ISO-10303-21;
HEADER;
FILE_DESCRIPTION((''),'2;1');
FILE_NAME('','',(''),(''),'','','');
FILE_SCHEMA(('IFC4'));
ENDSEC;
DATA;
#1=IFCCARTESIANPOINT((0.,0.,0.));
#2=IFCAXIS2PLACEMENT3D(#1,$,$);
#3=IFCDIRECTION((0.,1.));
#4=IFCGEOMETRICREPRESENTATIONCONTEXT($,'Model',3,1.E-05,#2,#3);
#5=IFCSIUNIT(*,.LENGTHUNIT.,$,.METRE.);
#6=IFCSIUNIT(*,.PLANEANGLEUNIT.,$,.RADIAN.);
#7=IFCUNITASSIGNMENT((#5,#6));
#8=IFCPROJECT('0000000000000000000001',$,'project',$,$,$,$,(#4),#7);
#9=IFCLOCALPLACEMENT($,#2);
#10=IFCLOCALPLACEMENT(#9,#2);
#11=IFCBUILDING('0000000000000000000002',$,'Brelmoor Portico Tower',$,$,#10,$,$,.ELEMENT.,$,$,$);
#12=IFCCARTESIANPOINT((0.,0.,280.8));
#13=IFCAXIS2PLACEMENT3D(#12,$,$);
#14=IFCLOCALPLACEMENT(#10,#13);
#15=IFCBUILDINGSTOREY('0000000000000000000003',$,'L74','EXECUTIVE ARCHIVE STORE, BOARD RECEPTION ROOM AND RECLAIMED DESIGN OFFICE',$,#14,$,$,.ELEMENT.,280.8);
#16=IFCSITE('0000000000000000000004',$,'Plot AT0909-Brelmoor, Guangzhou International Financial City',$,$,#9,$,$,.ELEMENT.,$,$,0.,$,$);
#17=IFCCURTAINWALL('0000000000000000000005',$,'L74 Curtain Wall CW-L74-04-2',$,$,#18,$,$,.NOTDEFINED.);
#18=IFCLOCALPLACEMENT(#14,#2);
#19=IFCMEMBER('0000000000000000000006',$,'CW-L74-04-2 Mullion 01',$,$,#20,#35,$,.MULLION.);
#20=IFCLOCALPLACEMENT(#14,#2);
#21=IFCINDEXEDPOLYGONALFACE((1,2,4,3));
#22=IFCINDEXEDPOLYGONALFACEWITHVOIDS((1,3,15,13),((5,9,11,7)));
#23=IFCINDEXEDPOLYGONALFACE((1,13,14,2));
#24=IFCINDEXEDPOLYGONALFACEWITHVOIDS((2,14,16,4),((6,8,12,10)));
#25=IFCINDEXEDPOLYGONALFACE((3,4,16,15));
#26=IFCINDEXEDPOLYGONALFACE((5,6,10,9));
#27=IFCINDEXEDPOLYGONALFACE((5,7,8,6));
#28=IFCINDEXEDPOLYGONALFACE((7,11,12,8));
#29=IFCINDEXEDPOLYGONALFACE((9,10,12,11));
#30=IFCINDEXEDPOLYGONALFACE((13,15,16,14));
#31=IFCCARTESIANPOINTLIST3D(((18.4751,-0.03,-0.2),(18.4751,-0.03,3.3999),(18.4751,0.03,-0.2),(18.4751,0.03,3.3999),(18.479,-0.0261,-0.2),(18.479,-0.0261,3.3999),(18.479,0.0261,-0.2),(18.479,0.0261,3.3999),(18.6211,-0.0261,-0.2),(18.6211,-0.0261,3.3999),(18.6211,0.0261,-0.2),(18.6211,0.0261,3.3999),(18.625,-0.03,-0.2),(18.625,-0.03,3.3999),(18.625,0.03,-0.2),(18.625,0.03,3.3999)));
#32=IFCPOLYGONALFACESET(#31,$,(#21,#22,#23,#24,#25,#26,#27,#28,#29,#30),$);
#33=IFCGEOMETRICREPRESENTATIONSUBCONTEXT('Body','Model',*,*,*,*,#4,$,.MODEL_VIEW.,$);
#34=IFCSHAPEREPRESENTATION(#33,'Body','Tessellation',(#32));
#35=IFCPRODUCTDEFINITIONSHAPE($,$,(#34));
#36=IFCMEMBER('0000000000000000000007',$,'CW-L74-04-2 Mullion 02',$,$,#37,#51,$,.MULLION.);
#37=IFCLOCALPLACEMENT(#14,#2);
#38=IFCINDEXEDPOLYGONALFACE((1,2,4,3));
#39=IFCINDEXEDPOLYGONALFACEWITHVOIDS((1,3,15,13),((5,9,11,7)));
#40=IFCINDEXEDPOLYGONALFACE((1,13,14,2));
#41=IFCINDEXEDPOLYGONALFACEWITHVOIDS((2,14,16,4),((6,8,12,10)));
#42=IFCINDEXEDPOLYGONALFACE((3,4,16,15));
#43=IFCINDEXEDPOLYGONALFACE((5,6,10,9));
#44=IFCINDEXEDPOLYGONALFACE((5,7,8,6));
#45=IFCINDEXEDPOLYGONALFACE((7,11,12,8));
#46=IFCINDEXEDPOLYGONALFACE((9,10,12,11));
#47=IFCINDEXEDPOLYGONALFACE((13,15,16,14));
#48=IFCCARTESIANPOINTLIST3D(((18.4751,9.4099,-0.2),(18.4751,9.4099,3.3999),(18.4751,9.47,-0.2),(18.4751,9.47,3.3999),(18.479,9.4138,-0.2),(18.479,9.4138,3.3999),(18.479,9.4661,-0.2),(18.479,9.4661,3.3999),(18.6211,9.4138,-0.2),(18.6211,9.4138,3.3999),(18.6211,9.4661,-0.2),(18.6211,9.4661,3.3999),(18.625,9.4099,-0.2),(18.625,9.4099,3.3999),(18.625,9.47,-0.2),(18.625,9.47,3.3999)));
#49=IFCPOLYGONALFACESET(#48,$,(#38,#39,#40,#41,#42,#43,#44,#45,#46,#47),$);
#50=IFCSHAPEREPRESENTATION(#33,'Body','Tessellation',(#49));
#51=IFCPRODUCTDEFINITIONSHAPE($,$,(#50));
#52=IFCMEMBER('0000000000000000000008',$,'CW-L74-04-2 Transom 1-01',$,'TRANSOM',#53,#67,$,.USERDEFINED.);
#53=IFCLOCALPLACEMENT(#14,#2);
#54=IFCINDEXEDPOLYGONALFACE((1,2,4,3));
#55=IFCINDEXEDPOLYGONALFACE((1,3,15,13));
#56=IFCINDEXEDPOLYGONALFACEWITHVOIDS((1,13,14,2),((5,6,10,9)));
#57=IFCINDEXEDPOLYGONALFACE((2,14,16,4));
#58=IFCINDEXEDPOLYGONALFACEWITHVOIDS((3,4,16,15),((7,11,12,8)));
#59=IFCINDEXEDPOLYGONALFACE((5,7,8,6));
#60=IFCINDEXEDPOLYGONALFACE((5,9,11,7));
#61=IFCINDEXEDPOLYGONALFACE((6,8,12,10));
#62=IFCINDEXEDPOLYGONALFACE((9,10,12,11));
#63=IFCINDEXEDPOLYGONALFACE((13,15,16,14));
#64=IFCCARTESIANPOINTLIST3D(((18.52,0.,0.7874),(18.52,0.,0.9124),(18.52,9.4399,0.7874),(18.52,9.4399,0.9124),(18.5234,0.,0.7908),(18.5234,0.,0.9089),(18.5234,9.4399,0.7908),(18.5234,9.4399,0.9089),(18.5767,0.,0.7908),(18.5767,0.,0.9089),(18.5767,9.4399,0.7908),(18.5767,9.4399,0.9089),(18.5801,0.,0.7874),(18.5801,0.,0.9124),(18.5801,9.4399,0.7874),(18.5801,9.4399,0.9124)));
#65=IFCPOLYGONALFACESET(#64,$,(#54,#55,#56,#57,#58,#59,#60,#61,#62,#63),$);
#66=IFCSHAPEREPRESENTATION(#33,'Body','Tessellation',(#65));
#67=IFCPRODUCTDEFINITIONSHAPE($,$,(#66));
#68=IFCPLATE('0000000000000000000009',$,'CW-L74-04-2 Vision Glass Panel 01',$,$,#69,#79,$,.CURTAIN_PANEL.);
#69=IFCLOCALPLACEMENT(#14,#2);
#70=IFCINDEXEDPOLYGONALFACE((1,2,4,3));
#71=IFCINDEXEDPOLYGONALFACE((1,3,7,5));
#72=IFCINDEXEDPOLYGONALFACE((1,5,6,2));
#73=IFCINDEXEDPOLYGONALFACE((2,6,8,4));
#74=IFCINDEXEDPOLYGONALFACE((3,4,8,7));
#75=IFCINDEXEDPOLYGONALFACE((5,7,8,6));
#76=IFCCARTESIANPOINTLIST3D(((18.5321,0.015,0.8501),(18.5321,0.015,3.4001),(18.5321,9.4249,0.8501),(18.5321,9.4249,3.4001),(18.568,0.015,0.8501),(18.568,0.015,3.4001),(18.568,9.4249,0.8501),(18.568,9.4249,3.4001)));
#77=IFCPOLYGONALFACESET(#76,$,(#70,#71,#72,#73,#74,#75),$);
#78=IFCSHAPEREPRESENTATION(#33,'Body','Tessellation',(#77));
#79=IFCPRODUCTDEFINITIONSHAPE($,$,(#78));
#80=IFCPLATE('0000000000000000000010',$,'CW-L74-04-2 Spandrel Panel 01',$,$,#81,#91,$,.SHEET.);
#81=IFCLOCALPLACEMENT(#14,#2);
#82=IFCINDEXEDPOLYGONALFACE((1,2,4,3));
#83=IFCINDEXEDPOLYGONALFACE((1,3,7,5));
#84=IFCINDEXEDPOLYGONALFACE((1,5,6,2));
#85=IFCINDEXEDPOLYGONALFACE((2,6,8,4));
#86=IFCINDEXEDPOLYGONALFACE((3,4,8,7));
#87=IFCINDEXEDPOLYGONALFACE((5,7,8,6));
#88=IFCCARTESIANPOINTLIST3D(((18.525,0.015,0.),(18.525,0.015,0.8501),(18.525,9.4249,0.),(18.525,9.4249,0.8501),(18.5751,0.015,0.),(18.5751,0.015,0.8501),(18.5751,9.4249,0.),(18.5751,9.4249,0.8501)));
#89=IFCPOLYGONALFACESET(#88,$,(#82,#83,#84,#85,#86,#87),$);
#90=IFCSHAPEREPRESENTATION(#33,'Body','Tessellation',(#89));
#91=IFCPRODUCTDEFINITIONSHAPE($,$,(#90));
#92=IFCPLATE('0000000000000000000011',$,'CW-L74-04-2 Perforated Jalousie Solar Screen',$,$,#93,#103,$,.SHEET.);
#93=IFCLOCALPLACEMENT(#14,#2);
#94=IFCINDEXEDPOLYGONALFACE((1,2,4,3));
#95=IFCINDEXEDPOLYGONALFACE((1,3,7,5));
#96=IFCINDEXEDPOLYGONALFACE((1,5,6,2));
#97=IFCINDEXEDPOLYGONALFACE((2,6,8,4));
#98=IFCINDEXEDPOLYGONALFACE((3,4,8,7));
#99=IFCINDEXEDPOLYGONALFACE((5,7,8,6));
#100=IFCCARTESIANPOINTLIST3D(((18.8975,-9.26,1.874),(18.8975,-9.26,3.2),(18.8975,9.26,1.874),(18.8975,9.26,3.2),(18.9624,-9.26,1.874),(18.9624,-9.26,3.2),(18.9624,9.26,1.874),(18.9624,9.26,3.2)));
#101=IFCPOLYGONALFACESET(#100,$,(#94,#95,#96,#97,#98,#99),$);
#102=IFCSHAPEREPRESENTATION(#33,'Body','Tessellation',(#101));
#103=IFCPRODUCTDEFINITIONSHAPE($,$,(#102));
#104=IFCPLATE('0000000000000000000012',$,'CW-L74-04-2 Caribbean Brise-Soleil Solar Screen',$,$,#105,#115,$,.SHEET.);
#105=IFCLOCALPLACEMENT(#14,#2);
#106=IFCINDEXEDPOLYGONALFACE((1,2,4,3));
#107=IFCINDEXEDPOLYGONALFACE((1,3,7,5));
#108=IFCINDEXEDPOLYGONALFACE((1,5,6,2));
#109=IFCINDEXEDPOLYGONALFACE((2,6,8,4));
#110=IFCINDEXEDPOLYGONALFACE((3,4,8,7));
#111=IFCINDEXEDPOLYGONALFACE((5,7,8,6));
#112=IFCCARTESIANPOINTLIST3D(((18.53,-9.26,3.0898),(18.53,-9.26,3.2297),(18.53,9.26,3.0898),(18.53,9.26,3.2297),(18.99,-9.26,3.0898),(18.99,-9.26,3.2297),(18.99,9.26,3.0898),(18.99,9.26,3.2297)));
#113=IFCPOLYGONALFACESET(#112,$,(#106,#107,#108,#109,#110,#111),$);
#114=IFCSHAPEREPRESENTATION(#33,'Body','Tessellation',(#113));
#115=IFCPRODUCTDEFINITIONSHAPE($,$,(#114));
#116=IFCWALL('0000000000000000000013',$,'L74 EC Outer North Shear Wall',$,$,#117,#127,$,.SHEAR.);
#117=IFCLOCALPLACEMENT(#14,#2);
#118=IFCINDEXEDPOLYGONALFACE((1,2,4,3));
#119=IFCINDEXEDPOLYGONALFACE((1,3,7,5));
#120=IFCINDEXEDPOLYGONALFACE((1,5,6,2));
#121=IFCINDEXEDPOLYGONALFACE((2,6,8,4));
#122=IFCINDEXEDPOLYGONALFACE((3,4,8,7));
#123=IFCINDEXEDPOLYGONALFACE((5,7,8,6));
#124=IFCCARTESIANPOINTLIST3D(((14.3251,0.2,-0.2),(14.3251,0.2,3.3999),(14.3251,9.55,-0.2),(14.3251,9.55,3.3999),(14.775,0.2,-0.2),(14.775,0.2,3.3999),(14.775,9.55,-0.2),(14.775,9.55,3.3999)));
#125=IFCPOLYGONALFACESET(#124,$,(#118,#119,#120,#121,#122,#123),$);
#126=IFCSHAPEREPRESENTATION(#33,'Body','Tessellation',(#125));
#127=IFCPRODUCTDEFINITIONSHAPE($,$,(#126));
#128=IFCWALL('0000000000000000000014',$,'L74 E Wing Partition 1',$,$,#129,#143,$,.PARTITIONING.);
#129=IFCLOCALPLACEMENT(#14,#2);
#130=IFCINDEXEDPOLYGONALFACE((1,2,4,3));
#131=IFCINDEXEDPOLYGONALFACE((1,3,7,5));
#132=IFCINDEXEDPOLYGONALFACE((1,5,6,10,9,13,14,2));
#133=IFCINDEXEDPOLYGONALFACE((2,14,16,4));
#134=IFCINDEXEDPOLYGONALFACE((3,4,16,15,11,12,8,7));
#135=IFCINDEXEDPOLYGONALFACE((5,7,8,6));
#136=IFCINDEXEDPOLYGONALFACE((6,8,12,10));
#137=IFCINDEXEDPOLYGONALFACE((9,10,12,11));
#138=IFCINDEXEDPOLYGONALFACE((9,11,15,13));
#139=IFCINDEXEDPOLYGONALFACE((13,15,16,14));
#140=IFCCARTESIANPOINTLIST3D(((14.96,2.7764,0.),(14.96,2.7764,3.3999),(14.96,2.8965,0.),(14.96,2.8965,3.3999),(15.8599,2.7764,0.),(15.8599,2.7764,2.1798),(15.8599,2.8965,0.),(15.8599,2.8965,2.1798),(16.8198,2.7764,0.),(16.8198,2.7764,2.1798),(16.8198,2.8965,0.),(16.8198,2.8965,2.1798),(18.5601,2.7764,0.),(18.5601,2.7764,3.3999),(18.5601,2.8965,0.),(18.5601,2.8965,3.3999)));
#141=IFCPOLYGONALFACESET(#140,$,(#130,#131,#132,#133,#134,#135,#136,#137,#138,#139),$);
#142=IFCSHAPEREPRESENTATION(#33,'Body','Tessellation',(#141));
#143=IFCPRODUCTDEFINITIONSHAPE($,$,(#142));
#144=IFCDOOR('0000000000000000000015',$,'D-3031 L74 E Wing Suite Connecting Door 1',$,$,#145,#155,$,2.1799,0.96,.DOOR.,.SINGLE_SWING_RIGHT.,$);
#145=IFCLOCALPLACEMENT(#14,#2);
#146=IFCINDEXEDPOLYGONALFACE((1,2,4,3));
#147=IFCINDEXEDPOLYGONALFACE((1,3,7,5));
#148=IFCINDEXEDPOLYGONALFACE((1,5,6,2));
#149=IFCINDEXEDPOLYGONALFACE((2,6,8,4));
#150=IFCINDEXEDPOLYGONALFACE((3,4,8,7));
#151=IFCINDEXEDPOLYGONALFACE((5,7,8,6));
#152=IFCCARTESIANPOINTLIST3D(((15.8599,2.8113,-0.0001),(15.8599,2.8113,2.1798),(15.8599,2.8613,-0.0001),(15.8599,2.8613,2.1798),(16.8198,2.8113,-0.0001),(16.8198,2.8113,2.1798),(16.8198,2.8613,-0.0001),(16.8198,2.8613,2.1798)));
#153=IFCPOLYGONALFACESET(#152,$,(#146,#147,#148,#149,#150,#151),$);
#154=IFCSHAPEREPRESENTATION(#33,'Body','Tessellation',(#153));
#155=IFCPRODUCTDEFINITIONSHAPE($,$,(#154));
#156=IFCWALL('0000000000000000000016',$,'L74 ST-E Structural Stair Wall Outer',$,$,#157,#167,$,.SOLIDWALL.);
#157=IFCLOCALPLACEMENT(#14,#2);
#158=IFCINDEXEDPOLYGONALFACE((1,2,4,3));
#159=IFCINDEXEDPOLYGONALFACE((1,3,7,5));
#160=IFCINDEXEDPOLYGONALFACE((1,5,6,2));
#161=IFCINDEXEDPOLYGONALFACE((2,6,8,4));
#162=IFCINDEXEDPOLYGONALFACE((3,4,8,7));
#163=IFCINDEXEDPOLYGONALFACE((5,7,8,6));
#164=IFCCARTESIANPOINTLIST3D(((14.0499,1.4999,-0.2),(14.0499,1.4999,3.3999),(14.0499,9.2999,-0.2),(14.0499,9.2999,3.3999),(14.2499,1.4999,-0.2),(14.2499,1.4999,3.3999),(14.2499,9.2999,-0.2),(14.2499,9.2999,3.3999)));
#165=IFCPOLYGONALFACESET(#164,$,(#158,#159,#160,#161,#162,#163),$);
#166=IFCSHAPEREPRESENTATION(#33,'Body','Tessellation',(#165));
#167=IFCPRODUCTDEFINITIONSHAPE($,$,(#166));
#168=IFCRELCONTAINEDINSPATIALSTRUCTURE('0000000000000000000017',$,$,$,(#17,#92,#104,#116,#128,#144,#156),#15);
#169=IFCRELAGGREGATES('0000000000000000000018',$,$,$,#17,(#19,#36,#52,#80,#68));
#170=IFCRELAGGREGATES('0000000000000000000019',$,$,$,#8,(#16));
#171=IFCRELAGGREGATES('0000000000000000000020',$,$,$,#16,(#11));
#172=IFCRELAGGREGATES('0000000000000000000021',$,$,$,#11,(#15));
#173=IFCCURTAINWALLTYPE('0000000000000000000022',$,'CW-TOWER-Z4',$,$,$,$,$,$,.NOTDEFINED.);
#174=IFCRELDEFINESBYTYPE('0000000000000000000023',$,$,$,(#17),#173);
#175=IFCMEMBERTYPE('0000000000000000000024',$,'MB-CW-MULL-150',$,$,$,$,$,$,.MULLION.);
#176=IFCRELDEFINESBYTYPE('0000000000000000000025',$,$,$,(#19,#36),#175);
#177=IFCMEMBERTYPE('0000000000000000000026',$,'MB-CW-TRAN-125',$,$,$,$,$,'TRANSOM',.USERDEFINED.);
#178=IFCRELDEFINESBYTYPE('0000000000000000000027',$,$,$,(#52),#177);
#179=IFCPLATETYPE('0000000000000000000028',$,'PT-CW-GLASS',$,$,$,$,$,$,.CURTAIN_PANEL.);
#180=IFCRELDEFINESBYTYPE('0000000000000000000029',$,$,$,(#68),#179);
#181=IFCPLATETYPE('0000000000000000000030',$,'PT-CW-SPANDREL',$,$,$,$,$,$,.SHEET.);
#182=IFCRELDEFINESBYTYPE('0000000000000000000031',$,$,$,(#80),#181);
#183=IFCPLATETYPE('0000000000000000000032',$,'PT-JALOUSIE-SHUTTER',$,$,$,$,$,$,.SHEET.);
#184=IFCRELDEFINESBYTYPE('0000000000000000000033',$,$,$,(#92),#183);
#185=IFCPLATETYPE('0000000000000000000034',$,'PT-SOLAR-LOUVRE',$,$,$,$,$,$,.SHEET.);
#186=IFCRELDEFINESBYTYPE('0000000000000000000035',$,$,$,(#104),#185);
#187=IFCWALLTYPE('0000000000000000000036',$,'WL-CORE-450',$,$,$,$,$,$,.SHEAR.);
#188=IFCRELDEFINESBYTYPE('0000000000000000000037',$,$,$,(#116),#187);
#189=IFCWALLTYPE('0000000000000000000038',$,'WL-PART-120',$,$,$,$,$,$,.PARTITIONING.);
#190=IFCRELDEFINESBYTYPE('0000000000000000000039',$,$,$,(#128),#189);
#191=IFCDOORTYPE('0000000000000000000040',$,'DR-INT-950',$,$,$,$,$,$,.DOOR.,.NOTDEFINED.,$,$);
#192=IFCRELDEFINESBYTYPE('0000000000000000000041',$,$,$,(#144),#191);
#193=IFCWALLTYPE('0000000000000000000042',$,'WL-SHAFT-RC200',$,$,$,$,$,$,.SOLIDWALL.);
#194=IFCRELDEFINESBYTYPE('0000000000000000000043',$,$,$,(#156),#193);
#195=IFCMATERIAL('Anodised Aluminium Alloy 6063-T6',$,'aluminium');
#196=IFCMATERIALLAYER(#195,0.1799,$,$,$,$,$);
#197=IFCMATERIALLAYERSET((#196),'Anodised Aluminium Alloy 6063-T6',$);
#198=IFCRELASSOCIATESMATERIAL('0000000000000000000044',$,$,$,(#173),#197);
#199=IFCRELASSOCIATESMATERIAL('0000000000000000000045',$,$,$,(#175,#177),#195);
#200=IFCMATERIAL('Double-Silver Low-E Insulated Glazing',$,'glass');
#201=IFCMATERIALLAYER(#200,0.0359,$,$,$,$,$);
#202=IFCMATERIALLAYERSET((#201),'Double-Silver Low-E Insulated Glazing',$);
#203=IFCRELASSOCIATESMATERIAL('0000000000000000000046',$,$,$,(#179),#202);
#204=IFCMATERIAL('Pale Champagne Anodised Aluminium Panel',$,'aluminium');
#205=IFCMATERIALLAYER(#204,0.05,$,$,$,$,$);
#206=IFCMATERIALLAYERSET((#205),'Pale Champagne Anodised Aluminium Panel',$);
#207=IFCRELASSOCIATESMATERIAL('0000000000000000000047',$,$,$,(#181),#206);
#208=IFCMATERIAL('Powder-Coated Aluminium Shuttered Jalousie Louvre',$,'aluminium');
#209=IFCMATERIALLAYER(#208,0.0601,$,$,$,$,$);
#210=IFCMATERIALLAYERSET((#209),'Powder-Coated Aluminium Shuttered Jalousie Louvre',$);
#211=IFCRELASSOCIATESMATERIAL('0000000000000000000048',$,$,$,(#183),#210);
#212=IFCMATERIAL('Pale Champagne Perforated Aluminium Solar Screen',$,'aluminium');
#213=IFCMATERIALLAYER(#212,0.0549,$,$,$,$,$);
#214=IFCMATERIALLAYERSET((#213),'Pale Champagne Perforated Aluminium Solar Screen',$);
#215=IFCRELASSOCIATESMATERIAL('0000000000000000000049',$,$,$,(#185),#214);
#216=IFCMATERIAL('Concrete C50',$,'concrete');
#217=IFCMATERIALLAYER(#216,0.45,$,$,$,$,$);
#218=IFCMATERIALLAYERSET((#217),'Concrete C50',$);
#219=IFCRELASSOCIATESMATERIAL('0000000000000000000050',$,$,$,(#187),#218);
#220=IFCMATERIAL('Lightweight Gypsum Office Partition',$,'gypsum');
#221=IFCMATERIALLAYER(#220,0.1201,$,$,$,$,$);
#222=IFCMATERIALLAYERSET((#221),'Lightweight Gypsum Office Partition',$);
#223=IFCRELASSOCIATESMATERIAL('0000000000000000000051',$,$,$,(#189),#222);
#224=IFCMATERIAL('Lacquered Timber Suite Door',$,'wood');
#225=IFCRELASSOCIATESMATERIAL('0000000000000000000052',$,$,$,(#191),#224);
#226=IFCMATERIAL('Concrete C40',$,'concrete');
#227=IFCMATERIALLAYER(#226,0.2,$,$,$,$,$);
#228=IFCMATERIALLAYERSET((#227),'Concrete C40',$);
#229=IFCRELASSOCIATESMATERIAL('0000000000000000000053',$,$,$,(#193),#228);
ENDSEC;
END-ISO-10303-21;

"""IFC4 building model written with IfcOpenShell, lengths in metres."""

from ifc_helpers import new_model, si_unit, direction, frame, frame_2d, origin, origin_2d, place, context, subcontext, project, spatial, rectangle, hollow_rectangle, extrude, material, layer, layer_set, material_profile, profile_set, type_object, element, fill, aggregate, save


model = new_model("IFC4")

# Units and contexts
model_context = context("Model", 3, precision=1e-05, world=origin(), true_north=direction((0.0, 1.0)))
body_context = subcontext(model_context, "Body", "Model", "MODEL_VIEW")
ifc_project = project(units=[si_unit("LENGTHUNIT", "METRE"), si_unit("PLANEANGLEUNIT", "RADIAN")], contexts=[model_context])

# Site, building, storey
site_placement = place(None, origin())
site = spatial("IfcSite", under=ifc_project, at=site_placement, Name="Plot AT0909-Brelmoor, Guangzhou International Financial City", CompositionType="ELEMENT", RefElevation=0.0)
building_placement = place(site_placement, origin())
building = spatial("IfcBuilding", under=site, at=building_placement, Name="Brelmoor Portico Tower", CompositionType="ELEMENT")
storey_placement = place(building_placement, frame((0.0, 0.0, 280.8)))
storey = spatial("IfcBuildingStorey", under=building, at=storey_placement, Name="L74", Description="EXECUTIVE ARCHIVE STORE, BOARD RECEPTION ROOM AND RECLAIMED DESIGN OFFICE", CompositionType="ELEMENT", Elevation=280.8)

# Curtain wall, members, plates
ifc_material_1 = material(Name="Anodised Aluminium Alloy 6063-T6", Category="aluminium")
ifc_layer_1 = layer(ifc_material_1, 0.1799)
ifc_layer_set_1 = layer_set([ifc_layer_1], Name="Anodised Aluminium Alloy 6063-T6")
curtain_wall_type = type_object("IfcCurtainWallType", Name="CW-TOWER-Z4", PredefinedType="NOTDEFINED", material=ifc_layer_set_1)
curtain_wall_placement = place(storey_placement, origin())
curtain_wall = element("IfcCurtainWall", 1, at=curtain_wall_placement, inside=storey, type_object=curtain_wall_type, Name="L74 Curtain Wall CW-L74-04-2", PredefinedType="NOTDEFINED")
ifc_material_profile_1 = material_profile(ifc_material_1, hollow_rectangle(XDim=0.0601, YDim=0.1499, WallThickness=0.0039, at=origin_2d()), Name="ALU MULLION 60x150")
ifc_profile_set_1 = profile_set([ifc_material_profile_1], Name="Anodised Aluminium Alloy 6063-T6")
member_type_1 = type_object("IfcMemberType", Name="MB-CW-MULL-150", PredefinedType="MULLION", material=ifc_profile_set_1)
member_1_placement = place(storey_placement, frame((18.55, 0.0, -0.2), z_axis=(0.0, 0.0, 1.0), x_axis=(0.0, 1.0, 0.0)))
member_1 = element("IfcMember", 2, at=member_1_placement, type_object=member_type_1, Name="CW-L74-04-2 Mullion 01", PredefinedType="MULLION", context=body_context, shape_type="SweptSolid", body=[
    extrude(hollow_rectangle(XDim=0.0601, YDim=0.1499, WallThickness=0.0039, at=origin_2d()), origin(), (0.0, 0.0, 1.0), 3.5999),
])
member_2_placement = place(storey_placement, frame((18.55, 9.4399, -0.2), z_axis=(0.0, 0.0, 1.0), x_axis=(0.0, 1.0, 0.0)))
member_2 = element("IfcMember", 3, at=member_2_placement, type_object=member_type_1, Name="CW-L74-04-2 Mullion 02", PredefinedType="MULLION", context=body_context, shape_type="SweptSolid", body=[
    extrude(hollow_rectangle(XDim=0.0601, YDim=0.1499, WallThickness=0.0039, at=origin_2d()), origin(), (0.0, 0.0, 1.0), 3.5999),
])
ifc_material_profile_2 = material_profile(ifc_material_1, hollow_rectangle(XDim=0.0601, YDim=0.125, WallThickness=0.0034, at=origin_2d()), Name="ALU TRANSOM 60x125")
ifc_profile_set_2 = profile_set([ifc_material_profile_2], Name="Anodised Aluminium Alloy 6063-T6")
member_type_2 = type_object("IfcMemberType", Name="MB-CW-TRAN-125", ElementType="TRANSOM", PredefinedType="USERDEFINED", material=ifc_profile_set_2)
member_3_placement = place(storey_placement, frame((18.55, 0.0, 0.8499), z_axis=(0.0, 1.0, 0.0), x_axis=(-1.0, 0.0, 0.0)))
member_3 = element("IfcMember", 4, at=member_3_placement, type_object=member_type_2, Name="CW-L74-04-2 Transom 1-01", ObjectType="TRANSOM", PredefinedType="USERDEFINED", context=body_context, shape_type="SweptSolid", body=[
    extrude(hollow_rectangle(XDim=0.0601, YDim=0.125, WallThickness=0.0034, at=origin_2d()), origin(), (0.0, 0.0, 1.0), 9.4399),
])
ifc_material_2 = material(Name="Double-Silver Low-E Insulated Glazing", Category="glass")
ifc_layer_2 = layer(ifc_material_2, 0.0359)
ifc_layer_set_2 = layer_set([ifc_layer_2], Name="Double-Silver Low-E Insulated Glazing")
plate_type_1 = type_object("IfcPlateType", Name="PT-CW-GLASS", PredefinedType="CURTAIN_PANEL", material=ifc_layer_set_2)
plate_1_placement = place(storey_placement, frame((18.55, 4.72, 0.8501), z_axis=(0.0, 0.0, 1.0), x_axis=(0.0, 1.0, 0.0)))
plate_1 = element("IfcPlate", 5, at=plate_1_placement, type_object=plate_type_1, Name="CW-L74-04-2 Vision Glass Panel 01", PredefinedType="CURTAIN_PANEL", context=body_context, shape_type="SweptSolid", body=[
    extrude(rectangle(XDim=9.4099, YDim=0.0359, at=origin_2d()), origin(), (0.0, 0.0, 1.0), 2.55),
])
ifc_material_3 = material(Name="Pale Champagne Anodised Aluminium Panel", Category="aluminium")
ifc_layer_3 = layer(ifc_material_3, 0.05)
ifc_layer_set_3 = layer_set([ifc_layer_3], Name="Pale Champagne Anodised Aluminium Panel")
plate_type_2 = type_object("IfcPlateType", Name="PT-CW-SPANDREL", PredefinedType="SHEET", material=ifc_layer_set_3)
plate_2_placement = place(storey_placement, frame((18.55, 4.72, 0.0), z_axis=(0.0, 0.0, 1.0), x_axis=(0.0, 1.0, 0.0)))
plate_2 = element("IfcPlate", 6, at=plate_2_placement, type_object=plate_type_2, Name="CW-L74-04-2 Spandrel Panel 01", PredefinedType="SHEET", context=body_context, shape_type="SweptSolid", body=[
    extrude(rectangle(XDim=9.4099, YDim=0.05, at=origin_2d()), origin(), (0.0, 0.0, 1.0), 0.8501),
])
aggregate(curtain_wall, [member_1, member_2, member_3, plate_2, plate_1])

# Plates
ifc_material_4 = material(Name="Powder-Coated Aluminium Shuttered Jalousie Louvre", Category="aluminium")
ifc_layer_4 = layer(ifc_material_4, 0.0601)
ifc_layer_set_4 = layer_set([ifc_layer_4], Name="Powder-Coated Aluminium Shuttered Jalousie Louvre")
plate_type_3 = type_object("IfcPlateType", Name="PT-JALOUSIE-SHUTTER", PredefinedType="SHEET", material=ifc_layer_set_4)
plate_3_placement = place(storey_placement, frame((18.9299, 0.0, 1.874), z_axis=(0.0, 0.0, 1.0), x_axis=(0.0, 1.0, 0.0)))
element("IfcPlate", 7, at=plate_3_placement, inside=storey, type_object=plate_type_3, Name="CW-L74-04-2 Perforated Jalousie Solar Screen", PredefinedType="SHEET", context=body_context, shape_type="SweptSolid", body=[
    extrude(rectangle(XDim=18.52, YDim=0.0649, at=origin_2d()), origin(), (0.0, 0.0, 1.0), 1.3259),
])
ifc_material_5 = material(Name="Pale Champagne Perforated Aluminium Solar Screen", Category="aluminium")
ifc_layer_5 = layer(ifc_material_5, 0.0549)
ifc_layer_set_5 = layer_set([ifc_layer_5], Name="Pale Champagne Perforated Aluminium Solar Screen")
plate_type_4 = type_object("IfcPlateType", Name="PT-SOLAR-LOUVRE", PredefinedType="SHEET", material=ifc_layer_set_5)
plate_4_placement = place(storey_placement, frame((18.76, 0.0, 3.0898), z_axis=(0.0, 0.0, 1.0), x_axis=(0.0, 1.0, 0.0)))
element("IfcPlate", 8, at=plate_4_placement, inside=storey, type_object=plate_type_4, Name="CW-L74-04-2 Caribbean Brise-Soleil Solar Screen", PredefinedType="SHEET", context=body_context, shape_type="SweptSolid", body=[
    extrude(rectangle(XDim=18.52, YDim=0.46, at=origin_2d()), origin(), (0.0, 0.0, 1.0), 0.1399),
])

# Wall
ifc_material_6 = material(Name="Concrete C50", Category="concrete")
ifc_layer_6 = layer(ifc_material_6, 0.45)
ifc_layer_set_6 = layer_set([ifc_layer_6], Name="Concrete C50")
wall_type_1 = type_object("IfcWallType", Name="WL-CORE-450", PredefinedType="SHEAR", material=ifc_layer_set_6)
wall_1_placement = place(storey_placement, frame((14.55, 0.2, -0.2), z_axis=(0.0, 0.0, 1.0), x_axis=(0.0, 1.0, 0.0)))
element("IfcWall", 9, at=wall_1_placement, inside=storey, type_object=wall_type_1, Name="L74 EC Outer North Shear Wall", PredefinedType="SHEAR", context=body_context, shape_type="SweptSolid", body=[
    extrude(rectangle(XDim=9.3501, YDim=0.45, at=frame_2d((4.675, 0.0))), origin(), (0.0, 0.0, 1.0), 3.5999),
])

# Wall, opening, door
ifc_material_7 = material(Name="Lightweight Gypsum Office Partition", Category="gypsum")
ifc_layer_7 = layer(ifc_material_7, 0.1201)
ifc_layer_set_7 = layer_set([ifc_layer_7], Name="Lightweight Gypsum Office Partition")
wall_type_2 = type_object("IfcWallType", Name="WL-PART-120", PredefinedType="PARTITIONING", material=ifc_layer_set_7)
wall_2_placement = place(storey_placement, frame((14.96, 2.8364, 0.0), z_axis=(0.0, 0.0, 1.0), x_axis=(1.0, 0.0, 0.0)))
wall_2 = element("IfcWall", 10, at=wall_2_placement, inside=storey, type_object=wall_type_2, Name="L74 E Wing Partition 1", PredefinedType="PARTITIONING", context=body_context, shape_type="SweptSolid", body=[
    extrude(rectangle(XDim=3.6001, YDim=0.1201, at=frame_2d((1.8, 0.0))), origin(), (0.0, 0.0, 1.0), 3.3999),
])
opening_placement = place(wall_2_placement, frame((0.8999, 0.0, 0.0)))
opening = element("IfcOpeningElement", 11, at=opening_placement, cuts=wall_2, PredefinedType="OPENING", context=body_context, shape_type="SweptSolid", body=[
    extrude(rectangle(XDim=0.96, YDim=2.1799, at=frame_2d((0.48, 1.0898))), frame((0.0, 0.0701, 0.0), z_axis=(0.0, -1.0, 0.0), x_axis=(1.0, 0.0, 0.0)), (0.0, 0.0, 1.0), 0.1401),
])
ifc_material_8 = material(Name="Lacquered Timber Suite Door", Category="wood")
door_type = type_object("IfcDoorType", Name="DR-INT-950", OperationType="NOTDEFINED", PredefinedType="DOOR", material=ifc_material_8)
door_placement = place(opening_placement, origin())
door = element("IfcDoor", 12, at=door_placement, inside=storey, type_object=door_type, Name="D-3031 L74 E Wing Suite Connecting Door 1", OperationType="SINGLE_SWING_RIGHT", OverallHeight=2.1799, OverallWidth=0.96, PredefinedType="DOOR", context=body_context, shape_type="SweptSolid", body=[
    extrude(rectangle(XDim=0.96, YDim=2.1799, at=frame_2d((0.48, 1.0898))), frame((0.0, 0.0249, 0.0), z_axis=(0.0, -1.0, 0.0), x_axis=(1.0, 0.0, 0.0)), (0.0, 0.0, 1.0), 0.05),
])
fill(opening, door)

# Wall
ifc_material_9 = material(Name="Concrete C40", Category="concrete")
ifc_layer_8 = layer(ifc_material_9, 0.2)
ifc_layer_set_8 = layer_set([ifc_layer_8], Name="Concrete C40")
wall_type_3 = type_object("IfcWallType", Name="WL-SHAFT-RC200", PredefinedType="SOLIDWALL", material=ifc_layer_set_8)
wall_3_placement = place(storey_placement, frame((14.1499, 1.5, -0.2), z_axis=(0.0, 0.0, 1.0), x_axis=(0.0, 1.0, 0.0)))
element("IfcWall", 13, at=wall_3_placement, inside=storey, type_object=wall_type_3, Name="L74 ST-E Structural Stair Wall Outer", PredefinedType="SOLIDWALL", context=body_context, shape_type="SweptSolid", body=[
    extrude(rectangle(XDim=7.8, YDim=0.2, at=frame_2d((3.8999, 0.0))), origin(), (0.0, 0.0, 1.0), 3.5999),
])

save(model, "model.ifc")
